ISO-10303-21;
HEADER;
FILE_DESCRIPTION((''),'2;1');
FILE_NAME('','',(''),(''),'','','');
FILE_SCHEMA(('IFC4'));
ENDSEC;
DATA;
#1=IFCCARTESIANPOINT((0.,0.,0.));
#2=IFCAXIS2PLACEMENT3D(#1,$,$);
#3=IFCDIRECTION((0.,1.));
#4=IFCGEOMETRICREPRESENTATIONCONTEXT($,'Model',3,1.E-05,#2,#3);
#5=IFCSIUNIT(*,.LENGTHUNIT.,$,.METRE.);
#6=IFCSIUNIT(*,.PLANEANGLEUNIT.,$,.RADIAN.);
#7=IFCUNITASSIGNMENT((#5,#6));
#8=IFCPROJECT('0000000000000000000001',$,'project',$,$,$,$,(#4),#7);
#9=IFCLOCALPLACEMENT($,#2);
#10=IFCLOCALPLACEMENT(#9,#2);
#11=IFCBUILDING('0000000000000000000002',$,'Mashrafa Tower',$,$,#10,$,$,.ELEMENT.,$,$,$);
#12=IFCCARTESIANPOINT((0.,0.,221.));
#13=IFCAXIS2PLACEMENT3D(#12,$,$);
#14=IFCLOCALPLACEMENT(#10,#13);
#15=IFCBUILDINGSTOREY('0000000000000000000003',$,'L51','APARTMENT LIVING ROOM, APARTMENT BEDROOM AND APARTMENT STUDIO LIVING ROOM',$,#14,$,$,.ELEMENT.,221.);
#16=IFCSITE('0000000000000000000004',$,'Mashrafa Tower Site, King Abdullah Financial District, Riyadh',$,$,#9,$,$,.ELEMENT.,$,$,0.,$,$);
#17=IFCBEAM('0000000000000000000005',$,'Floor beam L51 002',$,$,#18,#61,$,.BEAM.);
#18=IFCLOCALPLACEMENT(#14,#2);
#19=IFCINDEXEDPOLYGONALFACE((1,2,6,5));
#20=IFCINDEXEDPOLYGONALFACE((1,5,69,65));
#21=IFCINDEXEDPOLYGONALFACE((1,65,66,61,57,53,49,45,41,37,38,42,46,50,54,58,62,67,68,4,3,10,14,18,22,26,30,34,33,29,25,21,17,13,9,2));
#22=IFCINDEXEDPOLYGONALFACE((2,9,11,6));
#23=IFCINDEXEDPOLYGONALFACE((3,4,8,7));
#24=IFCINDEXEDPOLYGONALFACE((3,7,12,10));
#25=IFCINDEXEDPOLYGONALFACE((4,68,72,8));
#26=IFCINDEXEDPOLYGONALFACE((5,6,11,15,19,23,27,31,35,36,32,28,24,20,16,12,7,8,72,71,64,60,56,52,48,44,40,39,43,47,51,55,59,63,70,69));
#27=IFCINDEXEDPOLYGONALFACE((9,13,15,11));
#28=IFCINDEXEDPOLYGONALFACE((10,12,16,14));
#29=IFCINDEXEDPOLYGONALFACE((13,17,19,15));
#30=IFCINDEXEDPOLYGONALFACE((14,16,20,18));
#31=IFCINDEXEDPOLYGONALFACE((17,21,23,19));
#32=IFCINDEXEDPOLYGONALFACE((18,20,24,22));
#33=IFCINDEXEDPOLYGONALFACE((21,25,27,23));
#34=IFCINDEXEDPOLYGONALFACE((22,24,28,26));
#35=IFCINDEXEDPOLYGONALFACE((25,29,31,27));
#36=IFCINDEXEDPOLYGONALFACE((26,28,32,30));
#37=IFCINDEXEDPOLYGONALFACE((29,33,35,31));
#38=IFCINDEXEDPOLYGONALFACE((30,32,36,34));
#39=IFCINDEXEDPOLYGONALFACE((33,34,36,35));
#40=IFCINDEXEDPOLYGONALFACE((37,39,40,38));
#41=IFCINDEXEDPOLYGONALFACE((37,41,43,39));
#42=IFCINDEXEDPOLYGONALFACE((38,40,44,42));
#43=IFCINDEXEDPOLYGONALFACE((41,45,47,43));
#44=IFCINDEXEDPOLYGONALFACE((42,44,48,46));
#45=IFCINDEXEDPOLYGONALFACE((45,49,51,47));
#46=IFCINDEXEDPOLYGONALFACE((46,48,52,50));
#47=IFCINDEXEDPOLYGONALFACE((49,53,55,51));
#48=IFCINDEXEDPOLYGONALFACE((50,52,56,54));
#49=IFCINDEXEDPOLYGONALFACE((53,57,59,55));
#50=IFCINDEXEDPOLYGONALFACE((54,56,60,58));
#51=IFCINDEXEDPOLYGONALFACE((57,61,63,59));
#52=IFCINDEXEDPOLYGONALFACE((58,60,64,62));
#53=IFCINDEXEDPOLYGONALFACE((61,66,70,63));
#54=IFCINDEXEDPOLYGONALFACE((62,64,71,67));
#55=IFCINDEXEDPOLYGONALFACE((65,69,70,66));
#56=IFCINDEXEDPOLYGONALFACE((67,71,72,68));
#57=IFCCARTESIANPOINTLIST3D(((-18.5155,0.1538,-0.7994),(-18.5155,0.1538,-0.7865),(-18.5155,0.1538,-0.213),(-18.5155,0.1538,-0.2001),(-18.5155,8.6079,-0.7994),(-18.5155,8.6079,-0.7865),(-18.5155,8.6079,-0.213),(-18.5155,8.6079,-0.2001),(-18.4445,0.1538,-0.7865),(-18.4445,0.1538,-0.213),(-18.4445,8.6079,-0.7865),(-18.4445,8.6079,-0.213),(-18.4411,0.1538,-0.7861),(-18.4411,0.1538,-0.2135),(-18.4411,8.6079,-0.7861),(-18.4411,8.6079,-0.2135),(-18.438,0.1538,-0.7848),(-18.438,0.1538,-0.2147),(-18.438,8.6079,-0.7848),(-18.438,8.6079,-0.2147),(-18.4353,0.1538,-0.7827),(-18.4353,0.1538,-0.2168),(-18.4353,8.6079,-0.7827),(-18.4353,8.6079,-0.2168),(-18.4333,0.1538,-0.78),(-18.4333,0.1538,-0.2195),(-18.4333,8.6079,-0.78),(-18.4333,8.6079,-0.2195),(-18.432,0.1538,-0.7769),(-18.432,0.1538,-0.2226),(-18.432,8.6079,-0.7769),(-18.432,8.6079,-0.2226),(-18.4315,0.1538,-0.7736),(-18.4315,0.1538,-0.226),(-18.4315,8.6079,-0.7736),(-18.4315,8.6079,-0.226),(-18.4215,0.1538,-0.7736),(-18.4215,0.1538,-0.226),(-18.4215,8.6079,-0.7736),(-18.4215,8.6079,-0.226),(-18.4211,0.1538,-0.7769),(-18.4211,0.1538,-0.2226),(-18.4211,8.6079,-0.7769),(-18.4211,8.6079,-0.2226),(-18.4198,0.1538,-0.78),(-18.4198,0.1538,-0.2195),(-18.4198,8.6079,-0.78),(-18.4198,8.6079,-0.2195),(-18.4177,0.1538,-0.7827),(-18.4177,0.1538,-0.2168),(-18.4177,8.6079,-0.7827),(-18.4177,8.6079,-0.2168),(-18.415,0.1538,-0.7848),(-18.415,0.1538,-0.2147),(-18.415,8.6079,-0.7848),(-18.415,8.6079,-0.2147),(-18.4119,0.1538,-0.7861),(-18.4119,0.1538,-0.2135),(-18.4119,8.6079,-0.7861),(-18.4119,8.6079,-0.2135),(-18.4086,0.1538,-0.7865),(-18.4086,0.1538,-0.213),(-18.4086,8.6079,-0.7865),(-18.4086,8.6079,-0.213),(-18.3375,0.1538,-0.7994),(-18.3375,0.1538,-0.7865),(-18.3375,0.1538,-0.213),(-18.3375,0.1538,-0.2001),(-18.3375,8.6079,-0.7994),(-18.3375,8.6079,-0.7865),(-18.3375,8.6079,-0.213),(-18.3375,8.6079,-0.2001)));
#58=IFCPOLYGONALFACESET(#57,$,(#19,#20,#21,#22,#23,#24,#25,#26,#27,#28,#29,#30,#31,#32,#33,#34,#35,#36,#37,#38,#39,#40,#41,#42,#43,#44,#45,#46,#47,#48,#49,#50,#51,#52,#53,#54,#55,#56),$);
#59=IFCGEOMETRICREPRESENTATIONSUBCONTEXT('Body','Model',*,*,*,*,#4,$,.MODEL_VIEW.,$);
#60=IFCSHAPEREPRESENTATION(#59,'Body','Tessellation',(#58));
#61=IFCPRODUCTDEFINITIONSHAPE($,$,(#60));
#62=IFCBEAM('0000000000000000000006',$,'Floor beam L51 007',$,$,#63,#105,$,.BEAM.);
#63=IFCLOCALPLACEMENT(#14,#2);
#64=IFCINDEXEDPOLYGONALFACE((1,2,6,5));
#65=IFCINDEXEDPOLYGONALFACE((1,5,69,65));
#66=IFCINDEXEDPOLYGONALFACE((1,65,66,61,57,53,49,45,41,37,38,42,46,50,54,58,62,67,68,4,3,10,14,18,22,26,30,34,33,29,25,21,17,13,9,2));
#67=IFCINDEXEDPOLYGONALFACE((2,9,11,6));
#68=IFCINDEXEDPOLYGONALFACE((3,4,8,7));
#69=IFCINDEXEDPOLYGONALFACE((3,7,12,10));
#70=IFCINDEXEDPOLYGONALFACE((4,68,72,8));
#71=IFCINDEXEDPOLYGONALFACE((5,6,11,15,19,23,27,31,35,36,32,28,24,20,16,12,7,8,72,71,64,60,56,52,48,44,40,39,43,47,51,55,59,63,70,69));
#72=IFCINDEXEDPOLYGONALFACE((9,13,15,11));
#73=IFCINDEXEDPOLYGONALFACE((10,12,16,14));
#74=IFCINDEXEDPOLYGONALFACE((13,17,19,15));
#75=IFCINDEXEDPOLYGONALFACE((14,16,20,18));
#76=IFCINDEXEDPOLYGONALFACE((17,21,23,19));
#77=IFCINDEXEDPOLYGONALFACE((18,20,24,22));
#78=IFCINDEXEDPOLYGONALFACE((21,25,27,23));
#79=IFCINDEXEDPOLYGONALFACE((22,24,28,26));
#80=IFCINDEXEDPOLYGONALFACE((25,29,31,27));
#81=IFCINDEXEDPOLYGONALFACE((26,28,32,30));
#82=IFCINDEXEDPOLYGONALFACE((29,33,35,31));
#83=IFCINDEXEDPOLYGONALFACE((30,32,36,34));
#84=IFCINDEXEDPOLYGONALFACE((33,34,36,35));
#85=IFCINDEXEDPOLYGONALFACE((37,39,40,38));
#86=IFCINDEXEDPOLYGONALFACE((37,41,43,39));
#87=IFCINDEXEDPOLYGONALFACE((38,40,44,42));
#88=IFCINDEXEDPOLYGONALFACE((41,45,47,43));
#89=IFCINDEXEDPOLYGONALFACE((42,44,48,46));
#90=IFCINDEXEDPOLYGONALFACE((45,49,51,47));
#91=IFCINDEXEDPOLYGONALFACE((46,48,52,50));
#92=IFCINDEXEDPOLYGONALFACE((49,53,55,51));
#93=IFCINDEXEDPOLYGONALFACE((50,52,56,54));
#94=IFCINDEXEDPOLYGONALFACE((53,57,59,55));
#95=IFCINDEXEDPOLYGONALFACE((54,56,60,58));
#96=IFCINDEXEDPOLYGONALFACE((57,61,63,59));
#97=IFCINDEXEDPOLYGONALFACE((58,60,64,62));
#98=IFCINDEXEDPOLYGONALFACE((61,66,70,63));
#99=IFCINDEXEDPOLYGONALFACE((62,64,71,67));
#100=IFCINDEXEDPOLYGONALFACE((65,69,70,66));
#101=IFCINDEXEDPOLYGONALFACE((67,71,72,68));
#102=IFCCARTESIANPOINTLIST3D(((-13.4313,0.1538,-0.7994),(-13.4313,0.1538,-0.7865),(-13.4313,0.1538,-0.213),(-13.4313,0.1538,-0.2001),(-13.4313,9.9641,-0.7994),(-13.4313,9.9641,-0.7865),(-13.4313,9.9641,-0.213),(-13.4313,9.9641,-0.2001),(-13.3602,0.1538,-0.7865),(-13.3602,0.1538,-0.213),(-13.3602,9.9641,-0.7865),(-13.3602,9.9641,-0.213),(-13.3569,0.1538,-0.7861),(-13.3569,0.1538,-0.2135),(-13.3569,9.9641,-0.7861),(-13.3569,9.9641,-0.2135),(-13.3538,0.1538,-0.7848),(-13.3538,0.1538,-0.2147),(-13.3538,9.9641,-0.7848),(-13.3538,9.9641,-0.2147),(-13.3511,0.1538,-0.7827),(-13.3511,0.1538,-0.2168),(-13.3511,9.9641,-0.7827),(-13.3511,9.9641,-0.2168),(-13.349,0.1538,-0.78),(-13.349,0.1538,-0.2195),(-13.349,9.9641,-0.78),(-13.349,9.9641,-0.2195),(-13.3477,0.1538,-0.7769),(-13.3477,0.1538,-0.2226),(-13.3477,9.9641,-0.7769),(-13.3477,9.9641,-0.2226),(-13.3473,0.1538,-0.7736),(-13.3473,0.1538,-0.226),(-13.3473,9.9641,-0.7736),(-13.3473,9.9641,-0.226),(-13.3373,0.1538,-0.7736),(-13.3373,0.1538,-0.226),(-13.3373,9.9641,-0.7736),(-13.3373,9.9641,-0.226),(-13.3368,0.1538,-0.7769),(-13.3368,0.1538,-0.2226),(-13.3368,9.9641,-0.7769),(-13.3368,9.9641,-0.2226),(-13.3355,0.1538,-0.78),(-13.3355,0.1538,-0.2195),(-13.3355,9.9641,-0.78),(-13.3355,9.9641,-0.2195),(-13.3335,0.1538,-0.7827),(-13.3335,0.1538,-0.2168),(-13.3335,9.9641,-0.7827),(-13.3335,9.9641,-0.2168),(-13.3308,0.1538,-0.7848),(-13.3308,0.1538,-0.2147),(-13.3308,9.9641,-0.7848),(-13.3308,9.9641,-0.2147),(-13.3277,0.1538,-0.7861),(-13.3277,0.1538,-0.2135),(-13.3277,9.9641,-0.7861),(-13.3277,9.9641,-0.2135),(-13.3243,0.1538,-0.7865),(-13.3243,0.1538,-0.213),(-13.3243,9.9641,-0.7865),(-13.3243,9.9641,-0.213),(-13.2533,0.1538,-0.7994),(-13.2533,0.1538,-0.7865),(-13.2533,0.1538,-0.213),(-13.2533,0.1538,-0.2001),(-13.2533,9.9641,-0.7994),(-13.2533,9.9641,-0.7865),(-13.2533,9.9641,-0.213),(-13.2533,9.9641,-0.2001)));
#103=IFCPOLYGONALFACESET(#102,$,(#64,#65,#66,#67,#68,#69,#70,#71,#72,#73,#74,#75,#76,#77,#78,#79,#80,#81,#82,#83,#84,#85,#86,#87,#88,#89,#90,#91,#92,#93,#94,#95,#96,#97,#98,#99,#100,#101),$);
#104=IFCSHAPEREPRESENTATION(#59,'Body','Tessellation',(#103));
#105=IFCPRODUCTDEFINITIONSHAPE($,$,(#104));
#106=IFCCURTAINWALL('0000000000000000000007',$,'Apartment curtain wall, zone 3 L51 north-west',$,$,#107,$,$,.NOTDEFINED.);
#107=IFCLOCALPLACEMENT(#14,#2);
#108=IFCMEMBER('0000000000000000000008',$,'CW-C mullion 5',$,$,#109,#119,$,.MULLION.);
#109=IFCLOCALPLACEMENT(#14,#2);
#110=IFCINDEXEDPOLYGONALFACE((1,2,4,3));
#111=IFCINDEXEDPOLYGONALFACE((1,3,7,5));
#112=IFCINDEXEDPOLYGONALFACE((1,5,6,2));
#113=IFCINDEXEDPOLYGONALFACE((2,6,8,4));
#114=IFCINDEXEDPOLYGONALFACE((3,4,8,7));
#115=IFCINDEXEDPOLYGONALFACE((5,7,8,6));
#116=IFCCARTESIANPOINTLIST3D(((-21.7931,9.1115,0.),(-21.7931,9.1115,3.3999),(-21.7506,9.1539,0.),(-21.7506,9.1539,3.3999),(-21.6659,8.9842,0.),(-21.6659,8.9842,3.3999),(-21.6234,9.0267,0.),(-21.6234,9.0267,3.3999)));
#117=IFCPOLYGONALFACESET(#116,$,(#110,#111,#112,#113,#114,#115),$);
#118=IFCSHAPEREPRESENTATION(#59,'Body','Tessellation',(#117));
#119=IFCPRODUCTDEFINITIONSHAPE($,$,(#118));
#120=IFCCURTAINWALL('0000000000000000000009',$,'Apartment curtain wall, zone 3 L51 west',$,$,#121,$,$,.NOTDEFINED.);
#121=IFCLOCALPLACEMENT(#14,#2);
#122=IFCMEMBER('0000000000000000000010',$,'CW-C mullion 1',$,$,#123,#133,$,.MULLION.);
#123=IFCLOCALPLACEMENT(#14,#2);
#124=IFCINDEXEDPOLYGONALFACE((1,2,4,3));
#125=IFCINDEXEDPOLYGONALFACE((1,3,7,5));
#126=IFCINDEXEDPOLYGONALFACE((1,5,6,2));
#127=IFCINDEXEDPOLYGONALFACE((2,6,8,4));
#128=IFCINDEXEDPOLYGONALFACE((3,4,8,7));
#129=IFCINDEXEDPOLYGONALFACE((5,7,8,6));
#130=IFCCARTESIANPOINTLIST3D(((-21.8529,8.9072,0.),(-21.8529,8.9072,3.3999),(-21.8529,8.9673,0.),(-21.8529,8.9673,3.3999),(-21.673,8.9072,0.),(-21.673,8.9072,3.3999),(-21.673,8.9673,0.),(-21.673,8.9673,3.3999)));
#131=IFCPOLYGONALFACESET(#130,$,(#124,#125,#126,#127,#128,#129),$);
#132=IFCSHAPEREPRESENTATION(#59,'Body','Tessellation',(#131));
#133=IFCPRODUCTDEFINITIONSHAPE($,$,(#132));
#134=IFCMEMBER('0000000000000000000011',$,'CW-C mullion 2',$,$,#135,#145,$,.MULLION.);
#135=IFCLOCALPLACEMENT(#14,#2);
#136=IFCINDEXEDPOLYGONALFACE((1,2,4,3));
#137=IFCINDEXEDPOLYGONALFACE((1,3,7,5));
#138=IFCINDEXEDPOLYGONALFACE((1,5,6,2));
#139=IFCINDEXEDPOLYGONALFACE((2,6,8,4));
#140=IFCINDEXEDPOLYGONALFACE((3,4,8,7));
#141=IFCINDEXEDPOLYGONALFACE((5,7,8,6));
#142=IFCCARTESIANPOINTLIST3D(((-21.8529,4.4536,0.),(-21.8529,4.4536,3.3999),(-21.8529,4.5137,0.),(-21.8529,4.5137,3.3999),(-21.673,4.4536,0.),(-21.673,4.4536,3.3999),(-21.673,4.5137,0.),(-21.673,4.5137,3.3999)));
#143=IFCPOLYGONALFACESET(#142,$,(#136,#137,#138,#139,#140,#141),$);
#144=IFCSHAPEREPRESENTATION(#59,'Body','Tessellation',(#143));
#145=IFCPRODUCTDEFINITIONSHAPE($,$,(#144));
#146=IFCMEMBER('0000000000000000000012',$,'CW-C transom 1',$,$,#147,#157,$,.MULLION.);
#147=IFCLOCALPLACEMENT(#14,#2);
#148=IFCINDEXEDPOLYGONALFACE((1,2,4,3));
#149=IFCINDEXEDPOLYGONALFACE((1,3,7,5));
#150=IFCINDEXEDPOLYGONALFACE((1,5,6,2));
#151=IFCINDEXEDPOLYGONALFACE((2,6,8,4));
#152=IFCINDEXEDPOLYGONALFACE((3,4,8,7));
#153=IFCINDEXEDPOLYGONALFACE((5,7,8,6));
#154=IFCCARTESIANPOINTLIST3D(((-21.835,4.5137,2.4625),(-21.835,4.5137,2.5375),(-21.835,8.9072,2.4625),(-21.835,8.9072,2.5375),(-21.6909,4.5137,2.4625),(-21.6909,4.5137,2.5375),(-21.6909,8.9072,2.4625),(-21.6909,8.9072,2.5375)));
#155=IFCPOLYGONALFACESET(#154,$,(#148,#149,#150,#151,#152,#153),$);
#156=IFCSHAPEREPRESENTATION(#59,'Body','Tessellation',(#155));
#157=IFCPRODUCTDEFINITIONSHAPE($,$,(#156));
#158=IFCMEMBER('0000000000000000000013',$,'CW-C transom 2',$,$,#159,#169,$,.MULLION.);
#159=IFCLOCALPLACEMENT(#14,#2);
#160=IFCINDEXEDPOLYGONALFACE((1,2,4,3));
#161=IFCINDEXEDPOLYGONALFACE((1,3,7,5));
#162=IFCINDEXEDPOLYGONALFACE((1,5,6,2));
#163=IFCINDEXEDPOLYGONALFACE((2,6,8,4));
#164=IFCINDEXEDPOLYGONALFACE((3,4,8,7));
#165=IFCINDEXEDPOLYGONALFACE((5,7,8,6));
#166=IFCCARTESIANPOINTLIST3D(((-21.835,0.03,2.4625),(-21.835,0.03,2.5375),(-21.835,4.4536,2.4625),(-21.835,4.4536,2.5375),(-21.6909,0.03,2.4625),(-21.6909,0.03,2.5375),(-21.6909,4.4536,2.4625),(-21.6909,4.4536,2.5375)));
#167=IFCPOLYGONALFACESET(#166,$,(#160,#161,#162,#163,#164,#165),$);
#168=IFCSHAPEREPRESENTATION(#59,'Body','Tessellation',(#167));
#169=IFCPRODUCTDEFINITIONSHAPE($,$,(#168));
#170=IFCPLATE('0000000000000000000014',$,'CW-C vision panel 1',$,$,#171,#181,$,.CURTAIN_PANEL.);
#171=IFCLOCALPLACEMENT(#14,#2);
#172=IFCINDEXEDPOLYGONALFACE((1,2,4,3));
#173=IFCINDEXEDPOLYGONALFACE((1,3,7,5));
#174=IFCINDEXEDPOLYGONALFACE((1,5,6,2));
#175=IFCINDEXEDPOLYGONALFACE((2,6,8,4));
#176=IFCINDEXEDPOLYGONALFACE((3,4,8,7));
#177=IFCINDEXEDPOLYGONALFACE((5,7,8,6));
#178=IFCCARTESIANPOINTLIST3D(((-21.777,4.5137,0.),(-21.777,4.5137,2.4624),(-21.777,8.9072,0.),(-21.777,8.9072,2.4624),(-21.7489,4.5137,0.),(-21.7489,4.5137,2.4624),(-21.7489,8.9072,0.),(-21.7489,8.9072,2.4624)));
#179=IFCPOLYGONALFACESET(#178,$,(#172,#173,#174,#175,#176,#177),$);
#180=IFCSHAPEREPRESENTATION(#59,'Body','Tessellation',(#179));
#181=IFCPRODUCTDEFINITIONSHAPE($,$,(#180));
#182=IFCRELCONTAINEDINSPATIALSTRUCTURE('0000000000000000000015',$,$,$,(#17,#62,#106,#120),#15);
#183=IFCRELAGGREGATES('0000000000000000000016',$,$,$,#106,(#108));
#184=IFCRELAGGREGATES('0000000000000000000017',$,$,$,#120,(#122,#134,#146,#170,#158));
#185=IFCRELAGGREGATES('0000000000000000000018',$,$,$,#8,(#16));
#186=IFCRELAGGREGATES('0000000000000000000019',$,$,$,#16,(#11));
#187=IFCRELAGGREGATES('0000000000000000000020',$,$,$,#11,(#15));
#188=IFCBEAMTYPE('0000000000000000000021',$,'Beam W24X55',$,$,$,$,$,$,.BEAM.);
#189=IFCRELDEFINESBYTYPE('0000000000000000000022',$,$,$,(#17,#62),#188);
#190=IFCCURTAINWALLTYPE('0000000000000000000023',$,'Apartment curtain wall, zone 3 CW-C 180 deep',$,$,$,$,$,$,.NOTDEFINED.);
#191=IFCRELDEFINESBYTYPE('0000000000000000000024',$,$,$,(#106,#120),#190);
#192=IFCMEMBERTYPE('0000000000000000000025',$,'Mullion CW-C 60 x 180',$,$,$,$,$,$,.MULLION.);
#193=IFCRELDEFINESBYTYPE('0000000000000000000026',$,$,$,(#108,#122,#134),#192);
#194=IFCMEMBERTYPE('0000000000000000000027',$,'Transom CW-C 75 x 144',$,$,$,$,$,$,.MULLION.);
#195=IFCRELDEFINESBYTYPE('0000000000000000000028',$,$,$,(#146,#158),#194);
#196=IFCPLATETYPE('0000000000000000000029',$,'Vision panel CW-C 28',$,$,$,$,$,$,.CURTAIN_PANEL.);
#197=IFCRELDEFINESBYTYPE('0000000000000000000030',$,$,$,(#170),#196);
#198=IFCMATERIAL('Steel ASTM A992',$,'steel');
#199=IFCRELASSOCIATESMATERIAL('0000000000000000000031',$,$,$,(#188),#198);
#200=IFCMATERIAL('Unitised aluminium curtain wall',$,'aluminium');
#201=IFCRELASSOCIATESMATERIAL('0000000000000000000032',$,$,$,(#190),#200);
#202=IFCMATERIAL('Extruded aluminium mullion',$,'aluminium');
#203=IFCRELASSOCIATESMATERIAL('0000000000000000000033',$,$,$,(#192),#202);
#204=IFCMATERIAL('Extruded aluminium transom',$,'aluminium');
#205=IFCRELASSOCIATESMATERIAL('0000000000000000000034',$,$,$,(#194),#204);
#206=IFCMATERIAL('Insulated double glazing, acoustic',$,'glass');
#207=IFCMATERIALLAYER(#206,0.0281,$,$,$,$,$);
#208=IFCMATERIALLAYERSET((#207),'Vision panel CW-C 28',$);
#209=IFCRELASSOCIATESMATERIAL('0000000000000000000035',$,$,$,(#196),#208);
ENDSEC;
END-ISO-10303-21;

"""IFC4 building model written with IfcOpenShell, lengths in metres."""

from ifc_helpers import new_model, si_unit, direction, frame, origin, origin_2d, place, context, subcontext, project, spatial, rectangle, i_section, extrude, source, transform, mapped, material, layer, layer_set, material_profile, profile_set, type_object, type_shapes, element, aggregate, save


model = new_model("IFC4")

# Units and contexts
model_context = context("Model", 3, precision=1e-05, world=origin(), true_north=direction((0.0, 1.0)))
body_context = subcontext(model_context, "Body", "Model", "MODEL_VIEW")
ifc_project = project(units=[si_unit("LENGTHUNIT", "METRE"), si_unit("PLANEANGLEUNIT", "RADIAN")], contexts=[model_context])

# Site, building, storey
site_placement = place(None, origin())
site = spatial("IfcSite", under=ifc_project, at=site_placement, Name="Mashrafa Tower Site, King Abdullah Financial District, Riyadh", CompositionType="ELEMENT", RefElevation=0.0)
building_placement = place(site_placement, origin())
building = spatial("IfcBuilding", under=site, at=building_placement, Name="Mashrafa Tower", CompositionType="ELEMENT")
storey_placement = place(building_placement, frame((0.0, 0.0, 221.0)))
storey = spatial("IfcBuildingStorey", under=building, at=storey_placement, Name="L51", Description="APARTMENT LIVING ROOM, APARTMENT BEDROOM AND APARTMENT STUDIO LIVING ROOM", CompositionType="ELEMENT", Elevation=221.0)

# Beams
ifc_material_1 = material(Name="Steel ASTM A992", Category="steel")
ifc_material_profile_1 = material_profile(ifc_material_1, i_section(OverallWidth=0.178, OverallDepth=0.5994, WebThickness=0.01, FlangeThickness=0.0129, FilletRadius=0.0129, at=origin_2d()), Name="W24X55")
ifc_profile_set_1 = profile_set([ifc_material_profile_1], Name="Steel ASTM A992")
beam_type_1 = type_object("IfcBeamType", Name="Beam W24X55", PredefinedType="BEAM", material=ifc_profile_set_1)
beam_1_placement = place(storey_placement, frame((-18.4265, 0.1538, -0.4998), z_axis=(0.0, 1.0, 0.0), x_axis=(-1.0, 0.0, 0.0)))
element("IfcBeam", 1, at=beam_1_placement, inside=storey, type_object=beam_type_1, Name="Floor beam L51 002", PredefinedType="BEAM", context=body_context, shape_type="SweptSolid", body=[
    extrude(i_section(OverallWidth=0.178, OverallDepth=0.5994, WebThickness=0.01, FlangeThickness=0.0129, FilletRadius=0.0129, at=origin_2d()), origin(), (0.0, 0.0, 1.0), 8.4541),
])
beam_2_placement = place(storey_placement, frame((-13.3423, 0.1538, -0.4998), z_axis=(0.0, 1.0, 0.0), x_axis=(-1.0, 0.0, 0.0)))
element("IfcBeam", 2, at=beam_2_placement, inside=storey, type_object=beam_type_1, Name="Floor beam L51 007", PredefinedType="BEAM", context=body_context, shape_type="SweptSolid", body=[
    extrude(i_section(OverallWidth=0.178, OverallDepth=0.5994, WebThickness=0.01, FlangeThickness=0.0129, FilletRadius=0.0129, at=origin_2d()), origin(), (0.0, 0.0, 1.0), 9.8103),
])

# Curtain wall, member
ifc_material_2 = material(Name="Unitised aluminium curtain wall", Category="aluminium")
curtain_wall_type = type_object("IfcCurtainWallType", Name="Apartment curtain wall, zone 3 CW-C 180 deep", PredefinedType="NOTDEFINED", material=ifc_material_2)
curtain_wall_1_placement = place(storey_placement, origin())
curtain_wall_1 = element("IfcCurtainWall", 3, at=curtain_wall_1_placement, inside=storey, type_object=curtain_wall_type, Name="Apartment curtain wall, zone 3 L51 north-west", PredefinedType="NOTDEFINED")
ifc_material_3 = material(Name="Extruded aluminium mullion", Category="aluminium")
ifc_material_profile_2 = material_profile(ifc_material_3, rectangle(XDim=0.1799, YDim=0.0601, at=origin_2d()), Name="Mullion 60x180")
ifc_profile_set_2 = profile_set([ifc_material_profile_2], Name="Extruded aluminium mullion")
member_type_1 = type_object("IfcMemberType", Name="Mullion CW-C 60 x 180", PredefinedType="MULLION", material=ifc_profile_set_2)
shared_shape_1 = source(origin(), body_context, "Body", "SweptSolid", [
    extrude(rectangle(XDim=0.1799, YDim=0.0601, at=origin_2d()), origin(), (0.0, 0.0, 1.0), 3.3999),
])
type_shapes(member_type_1, [shared_shape_1])
member_1_placement = place(storey_placement, frame((-21.7083, 9.0691, 0.0), z_axis=(0.0, 0.0, 1.0), x_axis=(0.707107, -0.707107, 0.0)))
member_1 = element("IfcMember", 4, at=member_1_placement, type_object=member_type_1, Name="CW-C mullion 5", PredefinedType="MULLION", context=body_context, shape_type="MappedRepresentation", body=[
    mapped(shared_shape_1, transform((0.0, 0.0, 0.0))),
])
aggregate(curtain_wall_1, [member_1])

# Curtain wall, members, plate
curtain_wall_2_placement = place(storey_placement, origin())
curtain_wall_2 = element("IfcCurtainWall", 5, at=curtain_wall_2_placement, inside=storey, type_object=curtain_wall_type, Name="Apartment curtain wall, zone 3 L51 west", PredefinedType="NOTDEFINED")
member_2_placement = place(storey_placement, frame((-21.7629, 8.9373, 0.0), z_axis=(0.0, 0.0, 1.0), x_axis=(1.0, 0.0, 0.0)))
member_2 = element("IfcMember", 6, at=member_2_placement, type_object=member_type_1, Name="CW-C mullion 1", PredefinedType="MULLION", context=body_context, shape_type="MappedRepresentation", body=[
    mapped(shared_shape_1, transform((0.0, 0.0, 0.0))),
])
member_3_placement = place(storey_placement, frame((-21.7629, 4.4836, 0.0), z_axis=(0.0, 0.0, 1.0), x_axis=(1.0, 0.0, 0.0)))
member_3 = element("IfcMember", 7, at=member_3_placement, type_object=member_type_1, Name="CW-C mullion 2", PredefinedType="MULLION", context=body_context, shape_type="MappedRepresentation", body=[
    mapped(shared_shape_1, transform((0.0, 0.0, 0.0))),
])
ifc_material_4 = material(Name="Extruded aluminium transom", Category="aluminium")
ifc_material_profile_3 = material_profile(ifc_material_4, rectangle(XDim=0.144, YDim=0.075, at=origin_2d()), Name="Transom 75x144")
ifc_profile_set_3 = profile_set([ifc_material_profile_3], Name="Extruded aluminium transom")
member_type_2 = type_object("IfcMemberType", Name="Transom CW-C 75 x 144", PredefinedType="MULLION", material=ifc_profile_set_3)
shared_shape_2 = source(origin(), body_context, "Body", "SweptSolid", [
    extrude(rectangle(XDim=0.144, YDim=0.075, at=origin_2d()), origin(), (0.0, 0.0, 1.0), 4.3936),
])
member_4_placement = place(storey_placement, frame((-21.7629, 8.9072, 2.5), z_axis=(0.0, -1.0, 0.0), x_axis=(1.0, 0.0, 0.0)))
member_4 = element("IfcMember", 8, at=member_4_placement, type_object=member_type_2, Name="CW-C transom 1", PredefinedType="MULLION", context=body_context, shape_type="MappedRepresentation", body=[
    mapped(shared_shape_2, transform((0.0, 0.0, 0.0))),
])
shared_shape_3 = source(origin(), body_context, "Body", "SweptSolid", [
    extrude(rectangle(XDim=0.144, YDim=0.075, at=origin_2d()), origin(), (0.0, 0.0, 1.0), 4.4236),
])
type_shapes(member_type_2, [shared_shape_2, shared_shape_3])
member_5_placement = place(storey_placement, frame((-21.7629, 4.4536, 2.5), z_axis=(0.0, -1.0, 0.0), x_axis=(1.0, 0.0, 0.0)))
member_5 = element("IfcMember", 9, at=member_5_placement, type_object=member_type_2, Name="CW-C transom 2", PredefinedType="MULLION", context=body_context, shape_type="MappedRepresentation", body=[
    mapped(shared_shape_3, transform((0.0, 0.0, 0.0))),
])
ifc_material_5 = material(Name="Insulated double glazing, acoustic", Category="glass")
ifc_layer_1 = layer(ifc_material_5, 0.0281)
ifc_layer_set_1 = layer_set([ifc_layer_1], Name="Vision panel CW-C 28")
plate_type_1 = type_object("IfcPlateType", Name="Vision panel CW-C 28", PredefinedType="CURTAIN_PANEL", material=ifc_layer_set_1)
shared_shape_4 = source(origin(), body_context, "Body", "SweptSolid", [
    extrude(rectangle(XDim=4.3936, YDim=0.0281, at=origin_2d()), origin(), (0.0, 0.0, 1.0), 2.4624),
])
plate_1_placement = place(storey_placement, frame((-21.7629, 6.7104, 0.0), z_axis=(0.0, 0.0, 1.0), x_axis=(0.0, -1.0, 0.0)))
plate_1 = element("IfcPlate", 10, at=plate_1_placement, type_object=plate_type_1, Name="CW-C vision panel 1", PredefinedType="CURTAIN_PANEL", context=body_context, shape_type="MappedRepresentation", body=[
    mapped(shared_shape_4, transform((0.0, 0.0, 0.0))),
])
aggregate(curtain_wall_2, [member_2, member_3, member_4, plate_1, member_5])

save(model, "model.ifc")
